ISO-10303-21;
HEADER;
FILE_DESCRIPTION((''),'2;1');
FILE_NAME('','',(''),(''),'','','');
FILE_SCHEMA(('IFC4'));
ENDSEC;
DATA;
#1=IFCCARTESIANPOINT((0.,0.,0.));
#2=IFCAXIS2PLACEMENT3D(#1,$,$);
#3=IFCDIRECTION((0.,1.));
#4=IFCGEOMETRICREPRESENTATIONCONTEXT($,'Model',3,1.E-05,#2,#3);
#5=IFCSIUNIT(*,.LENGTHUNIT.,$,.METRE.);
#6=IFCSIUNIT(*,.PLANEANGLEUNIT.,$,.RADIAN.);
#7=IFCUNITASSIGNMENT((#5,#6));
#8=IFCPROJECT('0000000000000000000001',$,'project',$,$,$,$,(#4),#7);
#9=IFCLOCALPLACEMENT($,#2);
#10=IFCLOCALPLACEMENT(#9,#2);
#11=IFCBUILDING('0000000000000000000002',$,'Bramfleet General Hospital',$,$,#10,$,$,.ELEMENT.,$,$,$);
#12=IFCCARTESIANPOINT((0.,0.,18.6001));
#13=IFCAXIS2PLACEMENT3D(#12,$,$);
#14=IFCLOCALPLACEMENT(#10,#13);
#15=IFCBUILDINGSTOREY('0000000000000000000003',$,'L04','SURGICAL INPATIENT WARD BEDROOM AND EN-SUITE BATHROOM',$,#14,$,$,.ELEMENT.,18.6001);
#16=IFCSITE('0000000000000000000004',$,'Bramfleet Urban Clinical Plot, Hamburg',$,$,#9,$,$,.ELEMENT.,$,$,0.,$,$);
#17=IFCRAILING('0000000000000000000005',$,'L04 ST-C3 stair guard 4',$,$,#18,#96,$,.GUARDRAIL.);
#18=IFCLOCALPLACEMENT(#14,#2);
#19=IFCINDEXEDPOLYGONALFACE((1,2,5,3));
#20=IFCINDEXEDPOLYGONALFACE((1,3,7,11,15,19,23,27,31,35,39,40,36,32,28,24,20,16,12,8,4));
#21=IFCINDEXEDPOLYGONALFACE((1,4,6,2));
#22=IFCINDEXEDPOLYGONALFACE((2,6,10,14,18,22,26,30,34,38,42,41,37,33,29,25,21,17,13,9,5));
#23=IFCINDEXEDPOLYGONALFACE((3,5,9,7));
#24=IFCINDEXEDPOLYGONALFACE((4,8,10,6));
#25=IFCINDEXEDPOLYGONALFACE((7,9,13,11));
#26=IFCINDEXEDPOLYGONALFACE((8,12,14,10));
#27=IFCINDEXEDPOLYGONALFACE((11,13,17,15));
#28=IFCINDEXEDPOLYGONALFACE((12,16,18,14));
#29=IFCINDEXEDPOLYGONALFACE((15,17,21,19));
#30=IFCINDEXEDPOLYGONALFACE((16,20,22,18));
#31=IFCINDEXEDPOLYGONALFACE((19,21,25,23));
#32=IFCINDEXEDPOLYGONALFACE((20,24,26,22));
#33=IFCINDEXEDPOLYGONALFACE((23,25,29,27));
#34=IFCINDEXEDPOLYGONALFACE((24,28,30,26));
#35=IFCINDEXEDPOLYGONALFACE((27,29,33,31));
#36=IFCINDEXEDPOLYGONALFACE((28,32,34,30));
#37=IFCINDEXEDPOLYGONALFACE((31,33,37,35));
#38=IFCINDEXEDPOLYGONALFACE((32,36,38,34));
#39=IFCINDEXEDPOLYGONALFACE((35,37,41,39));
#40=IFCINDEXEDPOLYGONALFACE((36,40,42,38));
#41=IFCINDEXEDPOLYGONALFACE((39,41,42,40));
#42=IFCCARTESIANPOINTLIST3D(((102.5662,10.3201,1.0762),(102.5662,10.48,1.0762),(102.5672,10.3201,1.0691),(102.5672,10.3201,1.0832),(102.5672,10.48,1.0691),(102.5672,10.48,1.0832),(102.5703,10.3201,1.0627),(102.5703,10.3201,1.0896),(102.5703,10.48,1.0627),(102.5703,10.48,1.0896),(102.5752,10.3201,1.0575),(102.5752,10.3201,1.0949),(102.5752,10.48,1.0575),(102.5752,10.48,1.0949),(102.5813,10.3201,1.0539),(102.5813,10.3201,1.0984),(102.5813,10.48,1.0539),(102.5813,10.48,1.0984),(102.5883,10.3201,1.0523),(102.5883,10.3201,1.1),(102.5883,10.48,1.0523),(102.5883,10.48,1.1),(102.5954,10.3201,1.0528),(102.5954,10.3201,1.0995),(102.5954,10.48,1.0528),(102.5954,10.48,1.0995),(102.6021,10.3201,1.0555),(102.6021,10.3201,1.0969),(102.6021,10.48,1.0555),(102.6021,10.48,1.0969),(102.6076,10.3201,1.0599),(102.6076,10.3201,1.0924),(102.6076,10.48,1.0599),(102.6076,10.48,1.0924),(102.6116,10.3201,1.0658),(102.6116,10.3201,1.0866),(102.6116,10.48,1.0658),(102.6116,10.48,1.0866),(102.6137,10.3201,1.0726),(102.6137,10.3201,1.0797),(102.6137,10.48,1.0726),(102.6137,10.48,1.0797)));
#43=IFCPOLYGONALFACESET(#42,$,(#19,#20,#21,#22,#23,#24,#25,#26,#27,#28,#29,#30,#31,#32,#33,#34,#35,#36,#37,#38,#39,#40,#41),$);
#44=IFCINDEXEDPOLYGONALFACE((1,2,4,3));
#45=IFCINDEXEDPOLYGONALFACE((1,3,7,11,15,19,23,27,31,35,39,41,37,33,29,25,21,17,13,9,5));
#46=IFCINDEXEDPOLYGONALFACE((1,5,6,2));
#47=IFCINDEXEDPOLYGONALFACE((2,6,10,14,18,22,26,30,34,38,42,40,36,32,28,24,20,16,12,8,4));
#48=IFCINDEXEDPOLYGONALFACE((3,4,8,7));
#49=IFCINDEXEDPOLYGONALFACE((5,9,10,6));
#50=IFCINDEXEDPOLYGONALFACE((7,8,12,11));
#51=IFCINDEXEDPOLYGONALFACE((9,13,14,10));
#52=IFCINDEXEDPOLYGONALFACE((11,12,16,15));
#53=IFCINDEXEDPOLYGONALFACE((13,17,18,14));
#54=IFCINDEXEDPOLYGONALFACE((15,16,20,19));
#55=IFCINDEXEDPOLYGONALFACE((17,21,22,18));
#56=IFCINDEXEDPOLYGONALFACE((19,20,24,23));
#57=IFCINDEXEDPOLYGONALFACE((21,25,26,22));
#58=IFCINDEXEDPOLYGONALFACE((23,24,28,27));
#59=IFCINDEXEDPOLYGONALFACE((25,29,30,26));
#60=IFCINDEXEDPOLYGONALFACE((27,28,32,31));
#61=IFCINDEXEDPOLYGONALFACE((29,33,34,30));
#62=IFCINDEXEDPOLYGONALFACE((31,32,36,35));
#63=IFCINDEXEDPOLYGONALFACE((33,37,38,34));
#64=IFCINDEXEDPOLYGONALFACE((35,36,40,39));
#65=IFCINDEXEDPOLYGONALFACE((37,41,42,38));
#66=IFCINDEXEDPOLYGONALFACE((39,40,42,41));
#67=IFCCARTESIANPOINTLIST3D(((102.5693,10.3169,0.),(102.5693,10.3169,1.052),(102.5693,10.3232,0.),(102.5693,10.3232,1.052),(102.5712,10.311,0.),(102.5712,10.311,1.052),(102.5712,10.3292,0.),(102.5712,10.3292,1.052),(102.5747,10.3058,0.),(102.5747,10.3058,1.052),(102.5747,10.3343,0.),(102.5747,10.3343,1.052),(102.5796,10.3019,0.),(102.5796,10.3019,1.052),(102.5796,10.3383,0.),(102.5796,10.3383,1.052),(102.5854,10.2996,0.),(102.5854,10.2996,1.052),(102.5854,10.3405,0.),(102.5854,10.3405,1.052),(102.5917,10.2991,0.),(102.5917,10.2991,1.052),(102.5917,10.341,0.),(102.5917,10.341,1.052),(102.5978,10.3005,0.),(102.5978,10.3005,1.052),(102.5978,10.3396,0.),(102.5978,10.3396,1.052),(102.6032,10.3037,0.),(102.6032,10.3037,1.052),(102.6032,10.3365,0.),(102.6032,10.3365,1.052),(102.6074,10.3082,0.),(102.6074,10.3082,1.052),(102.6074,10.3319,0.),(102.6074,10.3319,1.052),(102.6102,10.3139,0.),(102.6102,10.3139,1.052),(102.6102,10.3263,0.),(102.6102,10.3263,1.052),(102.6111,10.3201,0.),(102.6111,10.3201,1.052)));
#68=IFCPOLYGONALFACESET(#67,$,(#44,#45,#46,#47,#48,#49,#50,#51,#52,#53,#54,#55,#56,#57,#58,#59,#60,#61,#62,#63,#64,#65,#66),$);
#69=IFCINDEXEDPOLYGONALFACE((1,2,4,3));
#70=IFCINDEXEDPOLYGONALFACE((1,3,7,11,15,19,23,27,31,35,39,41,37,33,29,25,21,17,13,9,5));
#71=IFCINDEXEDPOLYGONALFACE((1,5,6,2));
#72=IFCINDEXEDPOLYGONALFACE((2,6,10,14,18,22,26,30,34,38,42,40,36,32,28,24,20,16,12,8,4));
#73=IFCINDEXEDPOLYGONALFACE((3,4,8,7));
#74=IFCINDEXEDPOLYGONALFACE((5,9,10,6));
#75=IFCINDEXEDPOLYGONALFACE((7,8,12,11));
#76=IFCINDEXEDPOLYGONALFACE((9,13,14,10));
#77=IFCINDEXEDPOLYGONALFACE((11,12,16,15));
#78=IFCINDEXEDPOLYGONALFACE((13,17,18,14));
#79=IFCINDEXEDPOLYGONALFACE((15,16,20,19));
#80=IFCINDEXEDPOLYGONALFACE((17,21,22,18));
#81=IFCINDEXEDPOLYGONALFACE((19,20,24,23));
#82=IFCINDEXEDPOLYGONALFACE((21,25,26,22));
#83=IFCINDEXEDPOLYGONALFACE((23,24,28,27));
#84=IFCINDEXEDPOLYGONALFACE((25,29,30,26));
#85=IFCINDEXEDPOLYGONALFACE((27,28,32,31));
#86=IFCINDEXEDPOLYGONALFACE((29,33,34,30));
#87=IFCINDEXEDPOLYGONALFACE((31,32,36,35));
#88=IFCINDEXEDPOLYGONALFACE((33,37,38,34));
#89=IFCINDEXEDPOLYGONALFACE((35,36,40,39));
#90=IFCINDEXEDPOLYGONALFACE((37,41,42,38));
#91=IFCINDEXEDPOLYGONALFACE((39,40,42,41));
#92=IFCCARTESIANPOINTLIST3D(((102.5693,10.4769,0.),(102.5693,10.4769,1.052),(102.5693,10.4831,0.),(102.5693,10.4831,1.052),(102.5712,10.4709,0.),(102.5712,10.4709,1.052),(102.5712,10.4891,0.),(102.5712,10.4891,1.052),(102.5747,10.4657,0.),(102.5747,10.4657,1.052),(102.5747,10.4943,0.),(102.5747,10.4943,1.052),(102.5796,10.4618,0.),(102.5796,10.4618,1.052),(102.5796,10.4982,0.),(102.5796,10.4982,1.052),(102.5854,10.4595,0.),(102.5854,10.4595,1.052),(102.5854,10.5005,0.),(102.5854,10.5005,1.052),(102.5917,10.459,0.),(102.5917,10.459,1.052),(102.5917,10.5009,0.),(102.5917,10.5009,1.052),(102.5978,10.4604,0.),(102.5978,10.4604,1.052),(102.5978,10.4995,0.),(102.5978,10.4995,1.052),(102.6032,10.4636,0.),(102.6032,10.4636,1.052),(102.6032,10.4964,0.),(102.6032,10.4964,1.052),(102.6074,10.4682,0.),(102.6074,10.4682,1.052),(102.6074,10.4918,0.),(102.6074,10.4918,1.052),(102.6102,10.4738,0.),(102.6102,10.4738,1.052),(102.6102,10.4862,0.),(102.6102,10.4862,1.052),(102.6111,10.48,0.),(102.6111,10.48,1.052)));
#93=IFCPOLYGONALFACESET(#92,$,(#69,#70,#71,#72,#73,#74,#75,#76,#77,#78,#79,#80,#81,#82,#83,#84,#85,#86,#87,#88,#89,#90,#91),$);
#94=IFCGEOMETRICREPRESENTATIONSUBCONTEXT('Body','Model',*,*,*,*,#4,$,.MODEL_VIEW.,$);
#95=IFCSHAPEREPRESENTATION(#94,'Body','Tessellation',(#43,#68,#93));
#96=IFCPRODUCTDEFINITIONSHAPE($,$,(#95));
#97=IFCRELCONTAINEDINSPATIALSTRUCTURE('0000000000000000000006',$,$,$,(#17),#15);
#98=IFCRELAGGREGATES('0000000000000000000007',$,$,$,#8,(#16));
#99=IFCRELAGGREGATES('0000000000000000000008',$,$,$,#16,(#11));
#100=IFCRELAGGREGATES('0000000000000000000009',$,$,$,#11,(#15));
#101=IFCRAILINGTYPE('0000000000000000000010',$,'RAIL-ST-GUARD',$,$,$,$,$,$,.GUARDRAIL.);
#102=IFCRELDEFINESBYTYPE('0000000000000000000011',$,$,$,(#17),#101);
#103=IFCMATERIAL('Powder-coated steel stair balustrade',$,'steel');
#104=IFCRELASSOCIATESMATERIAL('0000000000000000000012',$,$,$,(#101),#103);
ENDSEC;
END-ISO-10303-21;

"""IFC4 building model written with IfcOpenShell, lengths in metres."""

from ifc_helpers import new_model, si_unit, direction, frame, origin, origin_2d, place, context, subcontext, project, spatial, circle, extrude, material, type_object, element, save


model = new_model("IFC4")

# Units and contexts
model_context = context("Model", 3, precision=1e-05, world=origin(), true_north=direction((0.0, 1.0)))
body_context = subcontext(model_context, "Body", "Model", "MODEL_VIEW")
ifc_project = project(units=[si_unit("LENGTHUNIT", "METRE"), si_unit("PLANEANGLEUNIT", "RADIAN")], contexts=[model_context])

# Site, building, storey
site_placement = place(None, origin())
site = spatial("IfcSite", under=ifc_project, at=site_placement, Name="Bramfleet Urban Clinical Plot, Hamburg", CompositionType="ELEMENT", RefElevation=0.0)
building_placement = place(site_placement, origin())
building = spatial("IfcBuilding", under=site, at=building_placement, Name="Bramfleet General Hospital", CompositionType="ELEMENT")
storey_placement = place(building_placement, frame((0.0, 0.0, 18.6001)))
storey = spatial("IfcBuildingStorey", under=building, at=storey_placement, Name="L04", Description="SURGICAL INPATIENT WARD BEDROOM AND EN-SUITE BATHROOM", CompositionType="ELEMENT", Elevation=18.6001)

# Railing
ifc_material_1 = material(Name="Powder-coated steel stair balustrade", Category="steel")
railing_type_1 = type_object("IfcRailingType", Name="RAIL-ST-GUARD", PredefinedType="GUARDRAIL", material=ifc_material_1)
railing_1_placement = place(storey_placement, frame((102.5901, 10.3201, 0.0)))
element("IfcRailing", 1, at=railing_1_placement, inside=storey, type_object=railing_type_1, Name="L04 ST-C3 stair guard 4", PredefinedType="GUARDRAIL", context=body_context, shape_type="SweptSolid", body=[
    extrude(circle(Radius=0.0239, at=origin_2d()), frame((0.0, 0.0, 1.0762), z_axis=(0.0, 1.0, 0.0), x_axis=(-1.0, 0.0, 0.0)), (0.0, 0.0, 1.0), 0.1599),
    extrude(circle(Radius=0.021, at=origin_2d()), origin(), (0.0, 0.0, 1.0), 1.052),
    extrude(circle(Radius=0.021, at=origin_2d()), frame((0.0, 0.1599, 0.0)), (0.0, 0.0, 1.0), 1.052),
])

save(model, "model.ifc")
